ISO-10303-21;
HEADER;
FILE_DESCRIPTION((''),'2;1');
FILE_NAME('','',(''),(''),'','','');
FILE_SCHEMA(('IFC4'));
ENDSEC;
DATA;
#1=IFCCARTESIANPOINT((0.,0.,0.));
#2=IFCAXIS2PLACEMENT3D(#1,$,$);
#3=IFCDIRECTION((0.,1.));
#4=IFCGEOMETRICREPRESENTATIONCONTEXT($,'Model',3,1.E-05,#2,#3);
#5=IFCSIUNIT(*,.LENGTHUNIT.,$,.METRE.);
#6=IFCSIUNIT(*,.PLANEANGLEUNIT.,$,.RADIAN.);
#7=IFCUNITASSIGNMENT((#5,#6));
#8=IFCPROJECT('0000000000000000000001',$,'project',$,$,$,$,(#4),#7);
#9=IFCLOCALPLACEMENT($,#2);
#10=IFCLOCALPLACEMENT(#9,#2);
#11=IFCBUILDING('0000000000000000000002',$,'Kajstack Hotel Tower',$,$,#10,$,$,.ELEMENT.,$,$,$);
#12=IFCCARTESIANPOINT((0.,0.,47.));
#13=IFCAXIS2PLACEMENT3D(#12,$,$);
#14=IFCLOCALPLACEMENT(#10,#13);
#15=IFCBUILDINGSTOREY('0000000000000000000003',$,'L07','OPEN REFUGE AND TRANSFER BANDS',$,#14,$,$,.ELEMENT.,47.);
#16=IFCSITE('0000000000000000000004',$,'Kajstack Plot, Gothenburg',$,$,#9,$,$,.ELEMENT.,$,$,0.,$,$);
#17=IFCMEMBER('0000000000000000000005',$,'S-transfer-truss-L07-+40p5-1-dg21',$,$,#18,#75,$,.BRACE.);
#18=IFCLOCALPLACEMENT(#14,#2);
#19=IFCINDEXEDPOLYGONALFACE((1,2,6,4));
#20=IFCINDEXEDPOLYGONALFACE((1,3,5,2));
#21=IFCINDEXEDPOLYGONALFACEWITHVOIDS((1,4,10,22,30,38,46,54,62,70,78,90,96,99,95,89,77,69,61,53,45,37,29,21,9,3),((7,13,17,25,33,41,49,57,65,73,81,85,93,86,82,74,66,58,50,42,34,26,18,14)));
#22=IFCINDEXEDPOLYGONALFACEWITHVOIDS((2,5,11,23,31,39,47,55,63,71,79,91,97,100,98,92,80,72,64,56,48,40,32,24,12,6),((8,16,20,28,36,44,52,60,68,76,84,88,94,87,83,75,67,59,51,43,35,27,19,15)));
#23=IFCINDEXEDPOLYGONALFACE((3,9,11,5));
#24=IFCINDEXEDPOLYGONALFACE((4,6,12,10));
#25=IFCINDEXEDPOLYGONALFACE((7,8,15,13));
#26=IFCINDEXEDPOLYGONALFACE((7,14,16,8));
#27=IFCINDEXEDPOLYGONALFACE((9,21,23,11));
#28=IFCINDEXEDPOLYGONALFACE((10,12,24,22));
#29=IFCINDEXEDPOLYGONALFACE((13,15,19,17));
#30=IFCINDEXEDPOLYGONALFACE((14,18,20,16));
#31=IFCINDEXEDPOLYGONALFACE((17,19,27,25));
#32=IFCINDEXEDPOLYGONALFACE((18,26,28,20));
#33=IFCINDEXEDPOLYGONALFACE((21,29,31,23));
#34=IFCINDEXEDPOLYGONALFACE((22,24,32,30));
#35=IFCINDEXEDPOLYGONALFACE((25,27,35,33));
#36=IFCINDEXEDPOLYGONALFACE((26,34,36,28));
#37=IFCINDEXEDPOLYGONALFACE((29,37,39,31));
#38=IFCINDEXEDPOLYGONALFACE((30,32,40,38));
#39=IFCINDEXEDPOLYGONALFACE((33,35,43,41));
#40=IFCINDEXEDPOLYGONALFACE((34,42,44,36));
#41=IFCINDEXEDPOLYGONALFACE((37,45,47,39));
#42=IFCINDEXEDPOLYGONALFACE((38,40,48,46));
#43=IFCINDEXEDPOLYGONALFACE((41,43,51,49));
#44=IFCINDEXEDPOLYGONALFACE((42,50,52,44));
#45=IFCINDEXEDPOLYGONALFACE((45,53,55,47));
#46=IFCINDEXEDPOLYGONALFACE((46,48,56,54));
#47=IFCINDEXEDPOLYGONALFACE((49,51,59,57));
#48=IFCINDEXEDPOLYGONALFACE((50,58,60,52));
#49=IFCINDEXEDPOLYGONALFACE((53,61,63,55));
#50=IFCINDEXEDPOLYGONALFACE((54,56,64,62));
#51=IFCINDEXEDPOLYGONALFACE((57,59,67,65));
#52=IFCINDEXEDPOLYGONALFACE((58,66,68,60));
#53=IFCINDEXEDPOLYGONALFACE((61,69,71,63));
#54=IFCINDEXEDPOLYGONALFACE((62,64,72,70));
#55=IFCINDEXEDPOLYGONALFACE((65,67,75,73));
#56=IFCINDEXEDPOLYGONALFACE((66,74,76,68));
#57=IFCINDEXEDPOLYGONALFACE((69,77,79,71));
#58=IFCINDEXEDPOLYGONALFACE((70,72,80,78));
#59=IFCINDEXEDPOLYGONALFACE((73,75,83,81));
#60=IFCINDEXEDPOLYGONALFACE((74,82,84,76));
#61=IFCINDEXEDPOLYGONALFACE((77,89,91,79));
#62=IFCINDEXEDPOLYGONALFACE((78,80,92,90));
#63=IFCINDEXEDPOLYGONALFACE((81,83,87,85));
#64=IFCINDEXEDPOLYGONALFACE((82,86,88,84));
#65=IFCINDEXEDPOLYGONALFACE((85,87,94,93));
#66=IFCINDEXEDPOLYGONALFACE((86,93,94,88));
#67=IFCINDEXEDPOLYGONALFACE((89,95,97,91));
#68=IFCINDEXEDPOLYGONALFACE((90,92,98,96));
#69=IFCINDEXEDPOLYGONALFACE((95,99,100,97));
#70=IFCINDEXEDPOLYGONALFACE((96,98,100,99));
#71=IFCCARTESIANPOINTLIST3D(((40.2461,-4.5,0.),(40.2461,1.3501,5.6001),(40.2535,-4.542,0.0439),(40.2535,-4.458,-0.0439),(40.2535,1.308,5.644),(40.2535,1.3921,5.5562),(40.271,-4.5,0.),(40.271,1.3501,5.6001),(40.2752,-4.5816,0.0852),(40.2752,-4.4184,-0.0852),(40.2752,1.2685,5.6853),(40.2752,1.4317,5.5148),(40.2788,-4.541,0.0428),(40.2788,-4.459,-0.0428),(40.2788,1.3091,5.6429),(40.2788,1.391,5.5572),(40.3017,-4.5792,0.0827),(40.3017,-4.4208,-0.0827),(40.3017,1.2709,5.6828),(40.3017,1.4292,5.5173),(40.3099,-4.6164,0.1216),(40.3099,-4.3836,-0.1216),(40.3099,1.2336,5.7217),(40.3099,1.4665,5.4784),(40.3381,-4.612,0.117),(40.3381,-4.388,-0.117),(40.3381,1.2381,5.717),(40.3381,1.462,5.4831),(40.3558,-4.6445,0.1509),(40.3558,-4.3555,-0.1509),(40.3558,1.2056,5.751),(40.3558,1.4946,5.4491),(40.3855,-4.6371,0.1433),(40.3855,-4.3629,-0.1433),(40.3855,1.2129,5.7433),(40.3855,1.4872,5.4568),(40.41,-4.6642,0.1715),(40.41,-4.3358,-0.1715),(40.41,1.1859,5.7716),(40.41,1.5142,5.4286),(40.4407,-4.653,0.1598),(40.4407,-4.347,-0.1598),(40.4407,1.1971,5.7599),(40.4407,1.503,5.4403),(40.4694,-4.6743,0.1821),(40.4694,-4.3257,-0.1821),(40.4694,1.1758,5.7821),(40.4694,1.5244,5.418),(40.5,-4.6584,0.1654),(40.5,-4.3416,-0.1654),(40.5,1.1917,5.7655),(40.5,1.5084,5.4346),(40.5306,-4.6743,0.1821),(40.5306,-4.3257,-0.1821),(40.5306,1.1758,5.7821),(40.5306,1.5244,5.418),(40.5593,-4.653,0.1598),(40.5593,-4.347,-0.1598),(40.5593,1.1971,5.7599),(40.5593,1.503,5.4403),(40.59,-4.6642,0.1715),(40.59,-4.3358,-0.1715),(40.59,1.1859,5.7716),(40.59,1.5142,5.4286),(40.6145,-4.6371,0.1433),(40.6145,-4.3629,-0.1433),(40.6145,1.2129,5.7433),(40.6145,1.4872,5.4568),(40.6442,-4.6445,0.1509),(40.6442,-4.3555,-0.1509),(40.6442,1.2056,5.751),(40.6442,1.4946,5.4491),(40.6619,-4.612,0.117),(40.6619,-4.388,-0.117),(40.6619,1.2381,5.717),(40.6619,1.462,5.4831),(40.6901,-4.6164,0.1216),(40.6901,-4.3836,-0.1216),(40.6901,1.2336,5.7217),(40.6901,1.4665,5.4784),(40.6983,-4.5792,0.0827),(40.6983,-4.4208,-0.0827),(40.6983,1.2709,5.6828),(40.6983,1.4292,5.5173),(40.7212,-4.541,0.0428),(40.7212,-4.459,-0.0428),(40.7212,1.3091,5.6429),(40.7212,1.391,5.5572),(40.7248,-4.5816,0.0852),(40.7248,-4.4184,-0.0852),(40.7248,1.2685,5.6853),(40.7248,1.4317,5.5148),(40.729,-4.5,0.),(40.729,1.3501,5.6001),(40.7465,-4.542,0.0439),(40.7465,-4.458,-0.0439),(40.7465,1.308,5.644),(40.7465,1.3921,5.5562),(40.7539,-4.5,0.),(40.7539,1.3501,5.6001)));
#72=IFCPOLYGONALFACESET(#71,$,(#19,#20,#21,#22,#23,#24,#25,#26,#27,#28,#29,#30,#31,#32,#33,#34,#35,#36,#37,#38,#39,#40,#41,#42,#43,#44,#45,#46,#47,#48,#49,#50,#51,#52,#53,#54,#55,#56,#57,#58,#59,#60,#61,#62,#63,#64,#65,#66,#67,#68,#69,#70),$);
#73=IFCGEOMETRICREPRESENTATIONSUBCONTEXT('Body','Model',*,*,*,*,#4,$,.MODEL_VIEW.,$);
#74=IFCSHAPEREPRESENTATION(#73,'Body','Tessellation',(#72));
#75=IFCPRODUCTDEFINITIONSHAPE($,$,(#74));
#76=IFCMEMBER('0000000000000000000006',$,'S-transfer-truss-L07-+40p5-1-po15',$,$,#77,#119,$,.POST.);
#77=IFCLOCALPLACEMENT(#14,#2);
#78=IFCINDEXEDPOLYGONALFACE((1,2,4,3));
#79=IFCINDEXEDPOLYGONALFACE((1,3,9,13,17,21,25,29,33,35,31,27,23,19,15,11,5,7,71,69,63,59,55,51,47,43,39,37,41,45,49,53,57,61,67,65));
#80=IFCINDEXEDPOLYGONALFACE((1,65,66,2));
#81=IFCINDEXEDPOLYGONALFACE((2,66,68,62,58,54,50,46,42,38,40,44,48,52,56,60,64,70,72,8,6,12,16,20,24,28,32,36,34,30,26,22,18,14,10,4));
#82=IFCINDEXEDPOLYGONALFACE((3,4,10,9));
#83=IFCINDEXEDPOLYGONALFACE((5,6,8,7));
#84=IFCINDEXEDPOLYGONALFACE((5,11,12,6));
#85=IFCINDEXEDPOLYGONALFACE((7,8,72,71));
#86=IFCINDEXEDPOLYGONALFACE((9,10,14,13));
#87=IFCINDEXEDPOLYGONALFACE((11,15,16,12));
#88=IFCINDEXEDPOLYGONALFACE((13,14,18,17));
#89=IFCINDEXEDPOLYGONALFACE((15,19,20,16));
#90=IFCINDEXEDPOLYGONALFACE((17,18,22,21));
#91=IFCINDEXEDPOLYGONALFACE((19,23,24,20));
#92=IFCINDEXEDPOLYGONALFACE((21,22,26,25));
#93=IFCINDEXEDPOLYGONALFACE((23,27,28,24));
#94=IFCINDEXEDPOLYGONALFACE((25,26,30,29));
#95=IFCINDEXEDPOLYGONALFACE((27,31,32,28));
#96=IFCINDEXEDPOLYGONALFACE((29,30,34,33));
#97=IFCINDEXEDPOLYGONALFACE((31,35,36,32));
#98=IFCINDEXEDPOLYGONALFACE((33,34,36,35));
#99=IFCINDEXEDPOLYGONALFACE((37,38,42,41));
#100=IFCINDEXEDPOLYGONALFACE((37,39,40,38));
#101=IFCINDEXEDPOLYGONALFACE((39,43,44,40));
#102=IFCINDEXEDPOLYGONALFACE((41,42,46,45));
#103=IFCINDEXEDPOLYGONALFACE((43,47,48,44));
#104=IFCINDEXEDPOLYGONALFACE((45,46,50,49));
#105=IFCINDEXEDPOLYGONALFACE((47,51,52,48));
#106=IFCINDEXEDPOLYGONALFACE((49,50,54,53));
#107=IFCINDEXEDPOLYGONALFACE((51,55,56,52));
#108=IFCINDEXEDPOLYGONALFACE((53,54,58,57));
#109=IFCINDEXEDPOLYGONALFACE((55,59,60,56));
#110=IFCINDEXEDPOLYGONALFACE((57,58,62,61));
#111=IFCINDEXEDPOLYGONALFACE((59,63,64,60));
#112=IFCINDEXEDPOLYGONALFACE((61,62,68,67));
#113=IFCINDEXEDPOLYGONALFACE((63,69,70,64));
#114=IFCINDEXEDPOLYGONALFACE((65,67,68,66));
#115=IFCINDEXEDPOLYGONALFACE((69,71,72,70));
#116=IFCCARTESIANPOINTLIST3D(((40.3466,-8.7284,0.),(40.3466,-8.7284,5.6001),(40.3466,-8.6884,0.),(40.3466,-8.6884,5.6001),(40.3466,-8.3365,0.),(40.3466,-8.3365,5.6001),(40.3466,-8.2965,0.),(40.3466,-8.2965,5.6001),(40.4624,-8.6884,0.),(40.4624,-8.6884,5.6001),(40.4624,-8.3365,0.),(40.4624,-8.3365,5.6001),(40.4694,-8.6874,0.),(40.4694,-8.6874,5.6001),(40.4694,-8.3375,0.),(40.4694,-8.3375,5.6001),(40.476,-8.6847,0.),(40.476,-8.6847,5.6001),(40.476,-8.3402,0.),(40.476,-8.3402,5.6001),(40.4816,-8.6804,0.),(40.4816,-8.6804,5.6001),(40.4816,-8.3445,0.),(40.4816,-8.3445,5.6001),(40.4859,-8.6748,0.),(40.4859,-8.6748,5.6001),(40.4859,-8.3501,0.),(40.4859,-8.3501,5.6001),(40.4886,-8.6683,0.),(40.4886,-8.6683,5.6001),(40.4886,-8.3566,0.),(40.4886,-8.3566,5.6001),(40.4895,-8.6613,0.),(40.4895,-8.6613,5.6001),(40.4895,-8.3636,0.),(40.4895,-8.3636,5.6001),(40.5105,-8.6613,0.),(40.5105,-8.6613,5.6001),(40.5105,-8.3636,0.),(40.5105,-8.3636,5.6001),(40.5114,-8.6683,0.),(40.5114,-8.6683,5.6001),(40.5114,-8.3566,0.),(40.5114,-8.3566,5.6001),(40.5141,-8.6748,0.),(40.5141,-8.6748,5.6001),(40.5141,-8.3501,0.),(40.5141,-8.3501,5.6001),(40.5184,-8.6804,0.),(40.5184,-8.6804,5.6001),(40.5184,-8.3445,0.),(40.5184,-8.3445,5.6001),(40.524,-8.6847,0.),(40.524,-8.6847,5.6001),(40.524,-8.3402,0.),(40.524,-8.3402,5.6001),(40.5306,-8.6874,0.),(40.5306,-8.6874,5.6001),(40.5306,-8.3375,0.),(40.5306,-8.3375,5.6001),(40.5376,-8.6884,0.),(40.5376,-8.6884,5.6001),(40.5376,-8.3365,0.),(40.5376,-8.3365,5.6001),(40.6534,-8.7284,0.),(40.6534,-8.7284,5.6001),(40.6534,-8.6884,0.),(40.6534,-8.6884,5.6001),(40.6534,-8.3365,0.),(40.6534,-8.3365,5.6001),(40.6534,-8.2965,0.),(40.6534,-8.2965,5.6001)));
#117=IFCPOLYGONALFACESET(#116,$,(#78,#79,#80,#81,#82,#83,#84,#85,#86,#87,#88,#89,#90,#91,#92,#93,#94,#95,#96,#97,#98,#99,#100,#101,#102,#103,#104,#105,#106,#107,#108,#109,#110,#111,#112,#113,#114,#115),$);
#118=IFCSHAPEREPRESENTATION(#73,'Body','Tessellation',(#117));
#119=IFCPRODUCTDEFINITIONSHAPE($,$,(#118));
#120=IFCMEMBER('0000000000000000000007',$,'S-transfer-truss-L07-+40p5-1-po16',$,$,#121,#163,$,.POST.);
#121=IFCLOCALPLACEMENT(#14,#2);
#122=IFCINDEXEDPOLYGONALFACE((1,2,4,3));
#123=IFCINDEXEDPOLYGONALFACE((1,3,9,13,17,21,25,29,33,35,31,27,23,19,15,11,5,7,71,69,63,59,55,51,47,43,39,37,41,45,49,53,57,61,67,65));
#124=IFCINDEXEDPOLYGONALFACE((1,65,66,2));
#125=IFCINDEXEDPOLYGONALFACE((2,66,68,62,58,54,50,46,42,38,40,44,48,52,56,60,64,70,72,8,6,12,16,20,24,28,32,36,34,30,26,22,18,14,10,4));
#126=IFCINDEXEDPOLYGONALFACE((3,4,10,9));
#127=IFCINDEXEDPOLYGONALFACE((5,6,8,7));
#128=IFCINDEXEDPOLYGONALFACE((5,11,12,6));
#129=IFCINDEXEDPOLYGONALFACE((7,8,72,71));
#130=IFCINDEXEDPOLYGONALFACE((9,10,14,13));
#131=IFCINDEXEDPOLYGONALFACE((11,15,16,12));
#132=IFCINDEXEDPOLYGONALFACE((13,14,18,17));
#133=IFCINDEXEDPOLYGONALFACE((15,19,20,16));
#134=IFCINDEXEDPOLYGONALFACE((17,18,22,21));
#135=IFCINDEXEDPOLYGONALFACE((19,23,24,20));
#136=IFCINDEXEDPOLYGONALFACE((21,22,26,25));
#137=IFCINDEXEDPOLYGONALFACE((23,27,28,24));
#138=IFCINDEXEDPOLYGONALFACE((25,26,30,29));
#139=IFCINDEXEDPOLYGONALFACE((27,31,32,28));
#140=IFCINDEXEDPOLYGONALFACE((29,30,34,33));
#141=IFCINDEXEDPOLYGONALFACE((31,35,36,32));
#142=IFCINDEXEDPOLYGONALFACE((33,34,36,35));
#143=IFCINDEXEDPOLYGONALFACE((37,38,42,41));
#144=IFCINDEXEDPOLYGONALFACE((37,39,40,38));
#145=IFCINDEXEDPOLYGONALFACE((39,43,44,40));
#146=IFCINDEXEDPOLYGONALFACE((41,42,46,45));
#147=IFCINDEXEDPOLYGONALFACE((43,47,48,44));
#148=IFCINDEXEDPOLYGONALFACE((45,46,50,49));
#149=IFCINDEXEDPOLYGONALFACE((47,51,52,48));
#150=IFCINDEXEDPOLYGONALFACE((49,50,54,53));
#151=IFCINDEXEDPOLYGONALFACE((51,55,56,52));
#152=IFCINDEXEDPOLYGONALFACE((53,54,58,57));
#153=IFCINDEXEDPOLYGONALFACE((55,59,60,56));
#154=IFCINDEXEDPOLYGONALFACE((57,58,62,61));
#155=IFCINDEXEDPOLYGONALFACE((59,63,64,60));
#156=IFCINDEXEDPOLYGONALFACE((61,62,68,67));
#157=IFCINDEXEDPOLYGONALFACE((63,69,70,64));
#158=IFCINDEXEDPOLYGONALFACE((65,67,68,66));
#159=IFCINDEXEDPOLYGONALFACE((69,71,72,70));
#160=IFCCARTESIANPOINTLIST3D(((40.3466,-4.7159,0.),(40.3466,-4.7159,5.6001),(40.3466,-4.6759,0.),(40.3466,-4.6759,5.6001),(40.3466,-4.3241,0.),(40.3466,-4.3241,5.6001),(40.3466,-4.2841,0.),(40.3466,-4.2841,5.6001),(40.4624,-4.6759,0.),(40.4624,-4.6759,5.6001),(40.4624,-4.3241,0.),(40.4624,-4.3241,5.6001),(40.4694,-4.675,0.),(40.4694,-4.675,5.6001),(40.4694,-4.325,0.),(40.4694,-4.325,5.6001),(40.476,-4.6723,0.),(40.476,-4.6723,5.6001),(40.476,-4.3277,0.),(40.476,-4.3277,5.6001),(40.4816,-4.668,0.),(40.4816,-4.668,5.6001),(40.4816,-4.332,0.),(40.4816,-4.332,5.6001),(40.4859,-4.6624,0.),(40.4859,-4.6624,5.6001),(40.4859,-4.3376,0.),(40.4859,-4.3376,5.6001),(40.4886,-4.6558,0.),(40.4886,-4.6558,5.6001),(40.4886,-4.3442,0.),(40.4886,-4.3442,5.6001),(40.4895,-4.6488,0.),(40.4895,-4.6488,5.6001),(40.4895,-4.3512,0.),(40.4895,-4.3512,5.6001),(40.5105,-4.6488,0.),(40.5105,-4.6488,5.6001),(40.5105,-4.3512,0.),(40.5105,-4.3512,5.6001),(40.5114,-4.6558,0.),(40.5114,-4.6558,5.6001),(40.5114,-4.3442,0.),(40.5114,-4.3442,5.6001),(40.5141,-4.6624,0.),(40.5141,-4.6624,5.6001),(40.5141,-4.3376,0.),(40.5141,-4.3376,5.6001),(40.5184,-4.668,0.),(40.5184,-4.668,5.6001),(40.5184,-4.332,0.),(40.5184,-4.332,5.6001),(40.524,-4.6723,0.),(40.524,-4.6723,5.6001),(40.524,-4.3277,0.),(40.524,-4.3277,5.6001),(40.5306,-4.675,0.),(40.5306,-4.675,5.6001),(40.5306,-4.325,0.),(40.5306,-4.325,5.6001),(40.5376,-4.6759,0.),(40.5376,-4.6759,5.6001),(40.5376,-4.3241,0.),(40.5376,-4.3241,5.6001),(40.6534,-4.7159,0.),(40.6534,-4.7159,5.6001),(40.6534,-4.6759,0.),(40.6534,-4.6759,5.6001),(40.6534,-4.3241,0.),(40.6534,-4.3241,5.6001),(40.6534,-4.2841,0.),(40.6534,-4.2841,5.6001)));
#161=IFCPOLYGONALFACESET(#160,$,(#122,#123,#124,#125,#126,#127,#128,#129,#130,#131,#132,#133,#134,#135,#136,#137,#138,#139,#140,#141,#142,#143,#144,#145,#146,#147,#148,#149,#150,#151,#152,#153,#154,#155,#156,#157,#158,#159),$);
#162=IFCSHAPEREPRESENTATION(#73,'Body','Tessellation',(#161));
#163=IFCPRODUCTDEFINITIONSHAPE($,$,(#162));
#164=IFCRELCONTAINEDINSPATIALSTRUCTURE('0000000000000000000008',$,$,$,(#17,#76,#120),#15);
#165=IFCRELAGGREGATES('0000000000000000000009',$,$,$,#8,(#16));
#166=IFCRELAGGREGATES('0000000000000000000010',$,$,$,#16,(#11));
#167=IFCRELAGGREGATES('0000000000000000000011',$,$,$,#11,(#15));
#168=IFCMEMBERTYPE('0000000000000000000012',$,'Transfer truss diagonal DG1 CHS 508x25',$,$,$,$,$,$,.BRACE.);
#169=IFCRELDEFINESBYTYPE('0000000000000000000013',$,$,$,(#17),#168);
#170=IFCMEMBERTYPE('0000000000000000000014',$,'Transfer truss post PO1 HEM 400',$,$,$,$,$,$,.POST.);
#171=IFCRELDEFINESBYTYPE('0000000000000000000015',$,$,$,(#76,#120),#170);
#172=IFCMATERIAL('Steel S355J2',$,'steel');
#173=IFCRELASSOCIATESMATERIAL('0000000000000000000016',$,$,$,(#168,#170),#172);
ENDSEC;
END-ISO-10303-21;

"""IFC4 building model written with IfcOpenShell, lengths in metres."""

from ifc_helpers import new_model, si_unit, direction, frame, origin, origin_2d, place, context, subcontext, project, spatial, hollow_circle, i_section, extrude, material, material_profile, profile_set, type_object, element, save


model = new_model("IFC4")

# Units and contexts
model_context = context("Model", 3, precision=1e-05, world=origin(), true_north=direction((0.0, 1.0)))
body_context = subcontext(model_context, "Body", "Model", "MODEL_VIEW")
ifc_project = project(units=[si_unit("LENGTHUNIT", "METRE"), si_unit("PLANEANGLEUNIT", "RADIAN")], contexts=[model_context])

# Site, building, storey
site_placement = place(None, origin())
site = spatial("IfcSite", under=ifc_project, at=site_placement, Name="Kajstack Plot, Gothenburg", CompositionType="ELEMENT", RefElevation=0.0)
building_placement = place(site_placement, origin())
building = spatial("IfcBuilding", under=site, at=building_placement, Name="Kajstack Hotel Tower", CompositionType="ELEMENT")
storey_placement = place(building_placement, frame((0.0, 0.0, 47.0)))
storey = spatial("IfcBuildingStorey", under=building, at=storey_placement, Name="L07", Description="OPEN REFUGE AND TRANSFER BANDS", CompositionType="ELEMENT", Elevation=47.0)

# Members
ifc_material_1 = material(Name="Steel S355J2", Category="steel")
ifc_material_profile_1 = material_profile(ifc_material_1, hollow_circle(Radius=0.2539, WallThickness=0.0249, at=origin_2d()), Name="CHS 508x25")
ifc_profile_set_1 = profile_set([ifc_material_profile_1], Name="Steel S355J2")
member_type_1 = type_object("IfcMemberType", Name="Transfer truss diagonal DG1 CHS 508x25", PredefinedType="BRACE", material=ifc_profile_set_1)
member_1_placement = place(storey_placement, frame((40.5, -4.5, 0.0), z_axis=(0.0, 0.722373, 0.691503), x_axis=(-1.0, 0.0, 0.0)))
element("IfcMember", 1, at=member_1_placement, inside=storey, type_object=member_type_1, Name="S-transfer-truss-L07-+40p5-1-dg21", PredefinedType="BRACE", context=body_context, shape_type="SweptSolid", body=[
    extrude(hollow_circle(Radius=0.2539, WallThickness=0.0249, at=origin_2d()), origin(), (0.0, 0.0, 1.0), 8.0984),
])
ifc_material_profile_2 = material_profile(ifc_material_1, i_section(OverallWidth=0.3069, OverallDepth=0.4319, WebThickness=0.021, FlangeThickness=0.04, FilletRadius=0.0271, at=origin_2d()), Name="HEM 400")
ifc_profile_set_2 = profile_set([ifc_material_profile_2], Name="Steel S355J2")
member_type_2 = type_object("IfcMemberType", Name="Transfer truss post PO1 HEM 400", PredefinedType="POST", material=ifc_profile_set_2)
for number, where, z_axis, x_axis, name in (
    (2, (40.5, -8.5125, 0.0), (0.0, 0.0, 1.0), (1.0, 0.0, 0.0), "S-transfer-truss-L07-+40p5-1-po15"),
    (3, (40.5, -4.5, 0.0), (0.0, 0.0, 1.0), (1.0, 0.0, 0.0), "S-transfer-truss-L07-+40p5-1-po16"),
):
    element("IfcMember", number, at=place(storey_placement, frame(where, z_axis=z_axis, x_axis=x_axis)), inside=storey, type_object=member_type_2, Name=name, PredefinedType="POST", context=body_context, shape_type="SweptSolid", body=[
        extrude(i_section(OverallWidth=0.3069, OverallDepth=0.4319, WebThickness=0.021, FlangeThickness=0.04, FilletRadius=0.0271, at=origin_2d()), origin(), (0.0, 0.0, 1.0), 5.6001),
    ])

save(model, "model.ifc")
